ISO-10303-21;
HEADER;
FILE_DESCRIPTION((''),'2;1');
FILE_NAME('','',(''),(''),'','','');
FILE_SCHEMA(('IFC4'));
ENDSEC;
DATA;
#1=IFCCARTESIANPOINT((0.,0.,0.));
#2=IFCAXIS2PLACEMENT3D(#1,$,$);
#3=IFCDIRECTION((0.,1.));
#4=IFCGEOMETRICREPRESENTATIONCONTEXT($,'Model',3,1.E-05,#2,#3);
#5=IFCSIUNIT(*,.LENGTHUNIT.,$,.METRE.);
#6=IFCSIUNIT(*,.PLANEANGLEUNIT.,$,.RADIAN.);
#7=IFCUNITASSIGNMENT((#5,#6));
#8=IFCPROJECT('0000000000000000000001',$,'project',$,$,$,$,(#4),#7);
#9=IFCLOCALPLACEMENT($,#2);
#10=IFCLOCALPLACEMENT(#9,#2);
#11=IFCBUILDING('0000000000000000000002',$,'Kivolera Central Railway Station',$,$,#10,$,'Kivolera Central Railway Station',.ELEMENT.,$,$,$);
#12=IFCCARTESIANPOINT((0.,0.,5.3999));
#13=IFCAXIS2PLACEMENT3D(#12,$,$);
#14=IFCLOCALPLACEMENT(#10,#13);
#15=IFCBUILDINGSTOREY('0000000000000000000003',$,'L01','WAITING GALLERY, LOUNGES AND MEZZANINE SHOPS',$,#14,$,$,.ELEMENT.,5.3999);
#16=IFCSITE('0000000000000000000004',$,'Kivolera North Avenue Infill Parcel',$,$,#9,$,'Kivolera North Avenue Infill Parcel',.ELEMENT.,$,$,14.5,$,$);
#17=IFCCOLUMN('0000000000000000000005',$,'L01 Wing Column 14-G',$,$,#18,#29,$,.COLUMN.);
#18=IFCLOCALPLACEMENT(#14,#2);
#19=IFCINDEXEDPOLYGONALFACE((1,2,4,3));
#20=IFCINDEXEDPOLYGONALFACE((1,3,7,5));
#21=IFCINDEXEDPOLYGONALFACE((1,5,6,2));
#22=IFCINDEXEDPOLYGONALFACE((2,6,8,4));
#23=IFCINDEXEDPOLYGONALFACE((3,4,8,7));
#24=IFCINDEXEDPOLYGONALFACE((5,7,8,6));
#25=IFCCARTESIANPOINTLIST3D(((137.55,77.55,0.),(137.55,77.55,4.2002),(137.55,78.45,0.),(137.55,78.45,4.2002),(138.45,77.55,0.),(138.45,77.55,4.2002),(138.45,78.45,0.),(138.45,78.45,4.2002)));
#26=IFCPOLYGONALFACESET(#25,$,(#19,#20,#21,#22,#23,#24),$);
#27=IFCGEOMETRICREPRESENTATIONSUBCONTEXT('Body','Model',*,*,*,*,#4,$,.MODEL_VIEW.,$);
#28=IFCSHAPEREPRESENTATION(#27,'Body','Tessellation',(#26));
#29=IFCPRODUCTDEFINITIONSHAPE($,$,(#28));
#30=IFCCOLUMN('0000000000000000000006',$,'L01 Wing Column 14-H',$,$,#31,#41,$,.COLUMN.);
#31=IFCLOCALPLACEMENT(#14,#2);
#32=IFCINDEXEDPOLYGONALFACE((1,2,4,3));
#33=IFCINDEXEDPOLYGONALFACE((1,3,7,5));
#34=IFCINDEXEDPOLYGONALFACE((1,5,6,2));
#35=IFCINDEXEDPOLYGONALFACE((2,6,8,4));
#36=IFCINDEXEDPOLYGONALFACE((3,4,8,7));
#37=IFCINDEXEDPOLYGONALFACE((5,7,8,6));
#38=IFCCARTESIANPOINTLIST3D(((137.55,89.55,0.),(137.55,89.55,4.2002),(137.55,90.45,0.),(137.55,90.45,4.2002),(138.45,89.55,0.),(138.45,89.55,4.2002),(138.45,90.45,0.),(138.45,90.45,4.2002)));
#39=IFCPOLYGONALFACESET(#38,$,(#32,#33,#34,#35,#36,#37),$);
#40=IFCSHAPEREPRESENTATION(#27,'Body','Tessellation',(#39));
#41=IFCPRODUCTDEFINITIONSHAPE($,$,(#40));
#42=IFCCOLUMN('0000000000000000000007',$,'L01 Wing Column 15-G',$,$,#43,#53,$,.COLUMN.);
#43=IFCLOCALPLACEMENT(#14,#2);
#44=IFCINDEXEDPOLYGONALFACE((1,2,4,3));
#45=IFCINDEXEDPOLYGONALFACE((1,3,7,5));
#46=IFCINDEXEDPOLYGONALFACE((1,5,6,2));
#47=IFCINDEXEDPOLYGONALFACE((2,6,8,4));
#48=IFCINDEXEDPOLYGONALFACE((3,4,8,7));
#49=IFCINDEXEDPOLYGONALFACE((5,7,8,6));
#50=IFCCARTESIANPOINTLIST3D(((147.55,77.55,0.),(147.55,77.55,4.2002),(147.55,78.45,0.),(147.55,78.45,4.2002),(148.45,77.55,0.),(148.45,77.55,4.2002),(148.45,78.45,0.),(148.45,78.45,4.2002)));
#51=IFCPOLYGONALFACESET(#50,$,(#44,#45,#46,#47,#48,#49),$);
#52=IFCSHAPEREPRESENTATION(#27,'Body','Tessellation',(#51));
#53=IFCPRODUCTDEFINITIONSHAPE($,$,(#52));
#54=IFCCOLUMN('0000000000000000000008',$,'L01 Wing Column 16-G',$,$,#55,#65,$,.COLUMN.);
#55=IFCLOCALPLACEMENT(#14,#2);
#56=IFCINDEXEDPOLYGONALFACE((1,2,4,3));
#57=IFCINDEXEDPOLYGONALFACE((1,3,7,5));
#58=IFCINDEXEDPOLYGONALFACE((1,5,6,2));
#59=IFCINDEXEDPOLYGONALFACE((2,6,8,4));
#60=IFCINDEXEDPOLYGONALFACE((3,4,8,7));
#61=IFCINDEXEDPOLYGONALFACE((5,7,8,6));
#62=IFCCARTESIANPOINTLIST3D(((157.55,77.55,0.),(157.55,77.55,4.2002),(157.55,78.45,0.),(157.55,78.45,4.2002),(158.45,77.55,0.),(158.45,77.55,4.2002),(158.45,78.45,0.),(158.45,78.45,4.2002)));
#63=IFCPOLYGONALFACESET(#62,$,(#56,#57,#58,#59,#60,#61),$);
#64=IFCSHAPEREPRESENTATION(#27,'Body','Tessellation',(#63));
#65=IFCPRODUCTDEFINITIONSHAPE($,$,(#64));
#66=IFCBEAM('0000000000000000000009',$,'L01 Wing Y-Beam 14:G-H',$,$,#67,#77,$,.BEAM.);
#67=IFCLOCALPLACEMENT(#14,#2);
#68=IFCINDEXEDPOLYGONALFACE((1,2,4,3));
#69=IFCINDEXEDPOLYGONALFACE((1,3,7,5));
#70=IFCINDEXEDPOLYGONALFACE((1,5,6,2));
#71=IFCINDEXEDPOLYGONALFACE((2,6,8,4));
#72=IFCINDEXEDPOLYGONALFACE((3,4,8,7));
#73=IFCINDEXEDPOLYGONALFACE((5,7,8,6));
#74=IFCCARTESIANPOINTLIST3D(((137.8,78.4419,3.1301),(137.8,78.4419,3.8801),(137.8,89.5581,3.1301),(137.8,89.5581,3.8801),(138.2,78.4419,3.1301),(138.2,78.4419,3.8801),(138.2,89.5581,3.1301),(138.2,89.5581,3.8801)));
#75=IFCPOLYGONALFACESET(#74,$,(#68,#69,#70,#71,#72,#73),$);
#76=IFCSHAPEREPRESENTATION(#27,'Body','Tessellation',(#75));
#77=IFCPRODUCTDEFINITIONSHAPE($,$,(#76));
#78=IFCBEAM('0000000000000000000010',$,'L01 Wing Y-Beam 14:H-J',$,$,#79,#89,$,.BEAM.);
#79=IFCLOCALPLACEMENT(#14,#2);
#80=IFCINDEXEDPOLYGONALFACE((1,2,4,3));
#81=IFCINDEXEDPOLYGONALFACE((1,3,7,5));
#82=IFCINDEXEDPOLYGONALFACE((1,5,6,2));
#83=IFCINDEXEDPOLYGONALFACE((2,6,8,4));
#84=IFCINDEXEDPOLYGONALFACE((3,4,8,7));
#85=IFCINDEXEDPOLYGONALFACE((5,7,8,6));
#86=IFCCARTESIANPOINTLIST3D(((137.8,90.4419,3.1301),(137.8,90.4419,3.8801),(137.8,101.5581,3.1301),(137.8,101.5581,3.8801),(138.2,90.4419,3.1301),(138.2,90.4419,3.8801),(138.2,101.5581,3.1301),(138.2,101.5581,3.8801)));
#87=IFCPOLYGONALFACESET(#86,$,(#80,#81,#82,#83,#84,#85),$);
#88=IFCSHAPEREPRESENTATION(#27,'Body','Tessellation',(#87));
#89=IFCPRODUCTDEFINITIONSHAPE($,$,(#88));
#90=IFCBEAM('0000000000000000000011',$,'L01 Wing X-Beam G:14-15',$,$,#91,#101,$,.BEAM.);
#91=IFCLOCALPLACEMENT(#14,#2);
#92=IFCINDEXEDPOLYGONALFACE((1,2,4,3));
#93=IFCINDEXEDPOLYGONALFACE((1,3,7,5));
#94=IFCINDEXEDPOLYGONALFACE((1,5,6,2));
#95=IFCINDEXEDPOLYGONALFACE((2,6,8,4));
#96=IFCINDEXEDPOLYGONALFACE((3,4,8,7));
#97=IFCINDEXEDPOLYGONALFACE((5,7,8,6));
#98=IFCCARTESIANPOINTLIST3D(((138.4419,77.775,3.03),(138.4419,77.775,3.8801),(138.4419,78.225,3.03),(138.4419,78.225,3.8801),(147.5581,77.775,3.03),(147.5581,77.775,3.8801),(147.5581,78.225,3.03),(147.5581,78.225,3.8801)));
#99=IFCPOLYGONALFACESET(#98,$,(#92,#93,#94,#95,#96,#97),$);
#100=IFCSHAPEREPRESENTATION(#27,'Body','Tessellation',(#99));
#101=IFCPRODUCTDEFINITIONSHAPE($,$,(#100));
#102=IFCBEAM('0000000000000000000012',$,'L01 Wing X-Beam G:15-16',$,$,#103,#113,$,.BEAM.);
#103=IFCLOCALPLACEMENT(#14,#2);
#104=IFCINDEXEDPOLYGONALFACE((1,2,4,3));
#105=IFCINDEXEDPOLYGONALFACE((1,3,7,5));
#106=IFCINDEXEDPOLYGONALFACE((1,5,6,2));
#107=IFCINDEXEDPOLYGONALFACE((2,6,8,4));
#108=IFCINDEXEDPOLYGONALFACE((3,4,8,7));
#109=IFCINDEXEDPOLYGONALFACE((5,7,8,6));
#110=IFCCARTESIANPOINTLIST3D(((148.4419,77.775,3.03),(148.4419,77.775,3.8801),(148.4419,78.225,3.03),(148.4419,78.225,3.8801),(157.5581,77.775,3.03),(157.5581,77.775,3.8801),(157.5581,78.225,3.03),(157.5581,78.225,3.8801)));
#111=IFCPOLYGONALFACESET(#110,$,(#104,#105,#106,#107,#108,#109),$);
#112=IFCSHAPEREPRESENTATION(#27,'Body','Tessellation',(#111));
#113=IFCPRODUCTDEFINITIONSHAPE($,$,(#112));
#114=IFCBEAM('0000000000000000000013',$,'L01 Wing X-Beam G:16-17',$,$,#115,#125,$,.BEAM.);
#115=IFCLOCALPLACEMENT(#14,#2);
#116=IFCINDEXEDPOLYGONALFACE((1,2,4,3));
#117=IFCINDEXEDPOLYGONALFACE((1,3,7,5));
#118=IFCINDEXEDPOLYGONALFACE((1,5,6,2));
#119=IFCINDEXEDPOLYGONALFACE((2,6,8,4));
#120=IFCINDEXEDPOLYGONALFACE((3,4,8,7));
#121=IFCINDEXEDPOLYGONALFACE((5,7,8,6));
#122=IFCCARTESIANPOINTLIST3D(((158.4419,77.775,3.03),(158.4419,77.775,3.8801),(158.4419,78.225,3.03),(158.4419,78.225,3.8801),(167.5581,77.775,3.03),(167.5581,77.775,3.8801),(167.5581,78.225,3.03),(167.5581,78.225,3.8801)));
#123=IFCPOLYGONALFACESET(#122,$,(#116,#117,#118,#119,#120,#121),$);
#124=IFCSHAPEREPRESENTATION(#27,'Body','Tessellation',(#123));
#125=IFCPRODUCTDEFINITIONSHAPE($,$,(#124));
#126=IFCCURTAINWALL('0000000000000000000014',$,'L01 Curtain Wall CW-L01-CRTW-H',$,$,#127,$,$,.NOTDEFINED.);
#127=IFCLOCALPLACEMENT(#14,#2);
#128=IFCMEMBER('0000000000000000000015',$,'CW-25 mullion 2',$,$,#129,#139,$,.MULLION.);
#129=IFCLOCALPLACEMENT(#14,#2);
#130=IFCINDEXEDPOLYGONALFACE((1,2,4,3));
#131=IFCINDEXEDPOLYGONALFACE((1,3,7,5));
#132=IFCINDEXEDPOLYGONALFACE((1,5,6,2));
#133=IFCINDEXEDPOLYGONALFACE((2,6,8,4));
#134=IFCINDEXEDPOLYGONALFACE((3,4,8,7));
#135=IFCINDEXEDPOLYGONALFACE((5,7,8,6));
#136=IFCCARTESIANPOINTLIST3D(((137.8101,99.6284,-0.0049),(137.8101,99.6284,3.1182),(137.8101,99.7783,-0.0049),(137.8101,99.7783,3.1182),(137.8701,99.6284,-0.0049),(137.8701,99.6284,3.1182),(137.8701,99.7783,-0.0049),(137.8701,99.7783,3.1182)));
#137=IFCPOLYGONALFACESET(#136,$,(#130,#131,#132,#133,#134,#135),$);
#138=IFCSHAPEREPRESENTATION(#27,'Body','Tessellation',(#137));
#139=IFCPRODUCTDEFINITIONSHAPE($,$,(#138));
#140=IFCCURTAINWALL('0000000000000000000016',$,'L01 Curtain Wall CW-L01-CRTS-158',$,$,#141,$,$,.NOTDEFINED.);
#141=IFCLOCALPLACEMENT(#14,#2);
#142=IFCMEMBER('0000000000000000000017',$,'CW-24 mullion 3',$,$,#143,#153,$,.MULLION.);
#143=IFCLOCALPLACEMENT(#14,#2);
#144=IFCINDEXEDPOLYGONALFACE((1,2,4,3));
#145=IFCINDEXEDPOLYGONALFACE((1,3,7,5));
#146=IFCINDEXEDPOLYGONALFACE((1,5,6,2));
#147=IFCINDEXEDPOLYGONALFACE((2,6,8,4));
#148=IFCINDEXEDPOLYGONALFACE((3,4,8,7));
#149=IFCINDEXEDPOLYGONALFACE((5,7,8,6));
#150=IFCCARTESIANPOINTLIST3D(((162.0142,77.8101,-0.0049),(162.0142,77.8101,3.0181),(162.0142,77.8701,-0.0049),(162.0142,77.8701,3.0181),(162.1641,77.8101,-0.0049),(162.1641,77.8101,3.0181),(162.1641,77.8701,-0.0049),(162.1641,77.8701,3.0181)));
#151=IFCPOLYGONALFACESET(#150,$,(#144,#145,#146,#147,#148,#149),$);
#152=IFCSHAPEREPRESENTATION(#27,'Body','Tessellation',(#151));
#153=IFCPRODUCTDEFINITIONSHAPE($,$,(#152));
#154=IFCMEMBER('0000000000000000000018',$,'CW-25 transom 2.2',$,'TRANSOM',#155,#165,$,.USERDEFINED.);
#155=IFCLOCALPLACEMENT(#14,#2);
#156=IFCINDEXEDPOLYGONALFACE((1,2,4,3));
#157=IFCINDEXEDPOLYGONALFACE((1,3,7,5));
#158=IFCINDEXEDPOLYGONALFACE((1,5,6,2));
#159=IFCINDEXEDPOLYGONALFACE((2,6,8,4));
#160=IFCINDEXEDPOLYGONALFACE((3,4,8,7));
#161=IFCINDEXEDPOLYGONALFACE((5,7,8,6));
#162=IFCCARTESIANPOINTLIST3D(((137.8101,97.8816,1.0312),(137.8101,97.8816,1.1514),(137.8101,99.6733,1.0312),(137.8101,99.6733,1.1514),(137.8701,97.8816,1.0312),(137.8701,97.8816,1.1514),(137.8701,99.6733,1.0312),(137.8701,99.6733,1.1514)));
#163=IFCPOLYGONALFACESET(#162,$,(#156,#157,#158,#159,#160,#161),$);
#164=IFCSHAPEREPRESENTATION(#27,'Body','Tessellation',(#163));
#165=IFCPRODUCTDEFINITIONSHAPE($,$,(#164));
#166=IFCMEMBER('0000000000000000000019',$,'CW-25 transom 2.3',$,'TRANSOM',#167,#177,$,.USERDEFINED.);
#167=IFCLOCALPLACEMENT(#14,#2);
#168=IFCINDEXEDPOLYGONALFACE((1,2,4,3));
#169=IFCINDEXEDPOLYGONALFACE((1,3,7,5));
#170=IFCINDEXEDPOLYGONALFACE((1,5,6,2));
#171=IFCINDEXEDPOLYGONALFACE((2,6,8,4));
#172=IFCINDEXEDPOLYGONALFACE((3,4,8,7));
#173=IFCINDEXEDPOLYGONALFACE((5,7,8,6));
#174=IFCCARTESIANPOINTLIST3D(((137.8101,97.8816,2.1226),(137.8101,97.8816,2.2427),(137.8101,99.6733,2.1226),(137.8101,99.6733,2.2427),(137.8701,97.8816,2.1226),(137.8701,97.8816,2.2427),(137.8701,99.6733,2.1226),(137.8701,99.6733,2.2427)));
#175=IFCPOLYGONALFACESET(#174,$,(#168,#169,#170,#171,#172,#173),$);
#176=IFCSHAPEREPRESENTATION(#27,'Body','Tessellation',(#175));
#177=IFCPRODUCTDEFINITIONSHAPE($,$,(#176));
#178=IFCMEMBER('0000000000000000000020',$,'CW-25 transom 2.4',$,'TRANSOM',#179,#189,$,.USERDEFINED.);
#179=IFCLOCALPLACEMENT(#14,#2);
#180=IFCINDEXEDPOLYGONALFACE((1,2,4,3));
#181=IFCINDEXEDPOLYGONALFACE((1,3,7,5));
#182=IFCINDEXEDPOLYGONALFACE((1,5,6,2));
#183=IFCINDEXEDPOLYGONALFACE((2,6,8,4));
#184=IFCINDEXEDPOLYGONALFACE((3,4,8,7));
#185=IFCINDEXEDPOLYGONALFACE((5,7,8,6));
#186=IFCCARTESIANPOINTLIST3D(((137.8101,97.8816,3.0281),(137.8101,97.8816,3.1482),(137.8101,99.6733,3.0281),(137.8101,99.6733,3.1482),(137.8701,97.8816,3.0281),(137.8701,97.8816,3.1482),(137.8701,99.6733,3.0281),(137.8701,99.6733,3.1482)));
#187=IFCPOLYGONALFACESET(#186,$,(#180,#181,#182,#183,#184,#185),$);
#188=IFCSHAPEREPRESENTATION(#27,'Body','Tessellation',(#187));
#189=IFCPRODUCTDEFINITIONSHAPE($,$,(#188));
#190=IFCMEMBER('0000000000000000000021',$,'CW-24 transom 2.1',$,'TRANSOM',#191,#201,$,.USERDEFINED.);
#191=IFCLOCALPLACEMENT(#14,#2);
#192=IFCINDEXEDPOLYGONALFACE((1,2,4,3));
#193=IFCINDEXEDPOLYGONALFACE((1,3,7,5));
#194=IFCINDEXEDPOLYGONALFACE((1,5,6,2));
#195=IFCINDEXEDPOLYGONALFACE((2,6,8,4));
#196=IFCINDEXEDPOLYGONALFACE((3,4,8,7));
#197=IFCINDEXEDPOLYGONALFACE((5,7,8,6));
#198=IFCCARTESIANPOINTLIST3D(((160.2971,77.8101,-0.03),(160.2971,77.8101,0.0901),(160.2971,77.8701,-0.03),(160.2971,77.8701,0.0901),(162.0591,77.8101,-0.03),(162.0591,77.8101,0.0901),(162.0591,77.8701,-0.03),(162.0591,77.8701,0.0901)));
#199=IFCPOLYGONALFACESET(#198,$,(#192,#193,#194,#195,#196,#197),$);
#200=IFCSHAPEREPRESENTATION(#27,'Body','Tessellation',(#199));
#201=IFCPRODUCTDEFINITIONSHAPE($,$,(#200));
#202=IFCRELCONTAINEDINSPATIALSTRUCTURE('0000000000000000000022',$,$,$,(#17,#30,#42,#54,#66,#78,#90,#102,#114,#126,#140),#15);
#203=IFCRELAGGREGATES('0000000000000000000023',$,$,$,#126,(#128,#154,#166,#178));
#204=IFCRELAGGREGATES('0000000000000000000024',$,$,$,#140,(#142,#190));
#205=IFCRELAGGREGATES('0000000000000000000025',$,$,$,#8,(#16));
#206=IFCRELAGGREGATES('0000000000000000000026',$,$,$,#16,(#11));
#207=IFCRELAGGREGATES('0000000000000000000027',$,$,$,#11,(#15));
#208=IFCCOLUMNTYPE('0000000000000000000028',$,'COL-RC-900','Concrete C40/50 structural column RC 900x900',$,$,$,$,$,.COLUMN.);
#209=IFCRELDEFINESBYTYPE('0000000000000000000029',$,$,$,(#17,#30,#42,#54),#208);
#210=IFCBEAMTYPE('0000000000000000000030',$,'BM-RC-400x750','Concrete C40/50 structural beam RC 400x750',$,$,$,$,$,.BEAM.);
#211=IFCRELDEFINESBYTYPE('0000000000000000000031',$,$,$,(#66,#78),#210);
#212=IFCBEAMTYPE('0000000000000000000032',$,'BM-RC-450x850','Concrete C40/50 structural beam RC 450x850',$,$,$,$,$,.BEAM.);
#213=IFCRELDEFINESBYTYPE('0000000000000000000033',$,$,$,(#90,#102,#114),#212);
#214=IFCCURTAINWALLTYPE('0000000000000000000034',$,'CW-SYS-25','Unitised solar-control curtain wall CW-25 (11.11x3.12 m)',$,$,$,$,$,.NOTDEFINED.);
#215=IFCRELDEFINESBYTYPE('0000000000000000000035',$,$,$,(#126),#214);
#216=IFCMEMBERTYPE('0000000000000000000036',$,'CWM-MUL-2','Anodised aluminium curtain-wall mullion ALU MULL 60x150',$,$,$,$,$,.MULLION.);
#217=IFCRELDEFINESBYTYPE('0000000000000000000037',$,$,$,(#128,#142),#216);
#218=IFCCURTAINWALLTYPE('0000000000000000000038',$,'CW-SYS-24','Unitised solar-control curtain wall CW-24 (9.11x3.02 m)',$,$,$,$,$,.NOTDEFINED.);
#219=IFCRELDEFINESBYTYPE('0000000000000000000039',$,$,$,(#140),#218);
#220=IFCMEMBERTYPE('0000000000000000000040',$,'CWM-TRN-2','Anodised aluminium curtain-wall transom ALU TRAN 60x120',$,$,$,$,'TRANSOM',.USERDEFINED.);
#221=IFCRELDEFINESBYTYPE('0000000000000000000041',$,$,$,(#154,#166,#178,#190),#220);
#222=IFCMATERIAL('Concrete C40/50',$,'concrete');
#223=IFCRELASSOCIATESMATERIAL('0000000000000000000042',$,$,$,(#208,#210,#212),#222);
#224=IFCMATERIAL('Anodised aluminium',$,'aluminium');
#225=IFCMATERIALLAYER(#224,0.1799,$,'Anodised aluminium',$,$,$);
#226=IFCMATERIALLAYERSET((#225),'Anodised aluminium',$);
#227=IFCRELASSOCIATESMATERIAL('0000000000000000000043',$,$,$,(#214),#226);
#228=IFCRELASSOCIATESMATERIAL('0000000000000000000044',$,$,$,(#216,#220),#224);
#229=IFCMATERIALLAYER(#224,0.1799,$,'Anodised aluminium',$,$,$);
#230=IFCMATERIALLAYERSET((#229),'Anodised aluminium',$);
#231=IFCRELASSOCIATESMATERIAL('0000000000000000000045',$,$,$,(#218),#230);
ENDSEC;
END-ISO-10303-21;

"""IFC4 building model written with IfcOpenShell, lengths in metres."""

from ifc_helpers import new_model, si_unit, direction, frame, origin, origin_2d, place, context, subcontext, project, spatial, rectangle, extrude, material, layer, layer_set, material_profile, profile_set, type_object, element, aggregate, save


model = new_model("IFC4")

# Units and contexts
model_context = context("Model", 3, precision=1e-05, world=origin(), true_north=direction((0.0, 1.0)))
body_context = subcontext(model_context, "Body", "Model", "MODEL_VIEW")
ifc_project = project(units=[si_unit("LENGTHUNIT", "METRE"), si_unit("PLANEANGLEUNIT", "RADIAN")], contexts=[model_context])

# Site, building, storey
site_placement = place(None, origin())
site = spatial("IfcSite", under=ifc_project, at=site_placement, Name="Kivolera North Avenue Infill Parcel", LongName="Kivolera North Avenue Infill Parcel", CompositionType="ELEMENT", RefElevation=14.5)
building_placement = place(site_placement, origin())
building = spatial("IfcBuilding", under=site, at=building_placement, Name="Kivolera Central Railway Station", LongName="Kivolera Central Railway Station", CompositionType="ELEMENT")
storey_placement = place(building_placement, frame((0.0, 0.0, 5.3999)))
storey = spatial("IfcBuildingStorey", under=building, at=storey_placement, Name="L01", Description="WAITING GALLERY, LOUNGES AND MEZZANINE SHOPS", CompositionType="ELEMENT", Elevation=5.3999)

# Columns
ifc_material_1 = material(Name="Concrete C40/50", Category="concrete")
ifc_material_profile_1 = material_profile(ifc_material_1, rectangle(XDim=0.8999, YDim=0.8999, at=origin_2d()), Name="RC 900x900")
ifc_profile_set_1 = profile_set([ifc_material_profile_1], Name="Concrete C40/50")
column_type = type_object("IfcColumnType", Name="COL-RC-900", Description="Concrete C40/50 structural column RC 900x900", PredefinedType="COLUMN", material=ifc_profile_set_1)
for number, where, z_axis, x_axis, name in (
    (1, (138.0, 78.0, 0.0), (0.0, 0.0, 1.0), (1.0, 0.0, 0.0), "L01 Wing Column 14-G"),
    (2, (138.0, 90.0, 0.0), (0.0, 0.0, 1.0), (1.0, 0.0, 0.0), "L01 Wing Column 14-H"),
    (3, (148.0, 78.0, 0.0), (0.0, 0.0, 1.0), (1.0, 0.0, 0.0), "L01 Wing Column 15-G"),
    (4, (158.0, 78.0, 0.0), (0.0, 0.0, 1.0), (1.0, 0.0, 0.0), "L01 Wing Column 16-G"),
):
    element("IfcColumn", number, at=place(storey_placement, frame(where, z_axis=z_axis, x_axis=x_axis)), inside=storey, type_object=column_type, Name=name, PredefinedType="COLUMN", context=body_context, shape_type="SweptSolid", body=[
        extrude(rectangle(XDim=0.8999, YDim=0.8999, at=origin_2d()), origin(), (0.0, 0.0, 1.0), 4.2002),
    ])

# Beams
ifc_material_profile_2 = material_profile(ifc_material_1, rectangle(XDim=0.3999, YDim=0.75, at=origin_2d()), Name="RC 400x750")
ifc_profile_set_2 = profile_set([ifc_material_profile_2], Name="Concrete C40/50")
beam_type_1 = type_object("IfcBeamType", Name="BM-RC-400x750", Description="Concrete C40/50 structural beam RC 400x750", PredefinedType="BEAM", material=ifc_profile_set_2)
for number, where, z_axis, x_axis, name in (
    (5, (138.0, 78.4419, 3.5051), (0.0, 1.0, 0.0), (-1.0, 0.0, 0.0), "L01 Wing Y-Beam 14:G-H"),
    (6, (138.0, 90.4419, 3.5051), (0.0, 1.0, 0.0), (-1.0, 0.0, 0.0), "L01 Wing Y-Beam 14:H-J"),
):
    element("IfcBeam", number, at=place(storey_placement, frame(where, z_axis=z_axis, x_axis=x_axis)), inside=storey, type_object=beam_type_1, Name=name, PredefinedType="BEAM", context=body_context, shape_type="SweptSolid", body=[
        extrude(rectangle(XDim=0.3999, YDim=0.75, at=origin_2d()), origin(), (0.0, 0.0, 1.0), 11.1162),
    ])
ifc_material_profile_3 = material_profile(ifc_material_1, rectangle(XDim=0.45, YDim=0.8501, at=origin_2d()), Name="RC 450x850")
ifc_profile_set_3 = profile_set([ifc_material_profile_3], Name="Concrete C40/50")
beam_type_2 = type_object("IfcBeamType", Name="BM-RC-450x850", Description="Concrete C40/50 structural beam RC 450x850", PredefinedType="BEAM", material=ifc_profile_set_3)
for number, where, z_axis, x_axis, name in (
    (7, (138.4419, 78.0, 3.4551), (1.0, 0.0, 0.0), (0.0, 1.0, 0.0), "L01 Wing X-Beam G:14-15"),
    (8, (148.4419, 78.0, 3.4551), (1.0, 0.0, 0.0), (0.0, 1.0, 0.0), "L01 Wing X-Beam G:15-16"),
    (9, (158.4419, 78.0, 3.4551), (1.0, 0.0, 0.0), (0.0, 1.0, 0.0), "L01 Wing X-Beam G:16-17"),
):
    element("IfcBeam", number, at=place(storey_placement, frame(where, z_axis=z_axis, x_axis=x_axis)), inside=storey, type_object=beam_type_2, Name=name, PredefinedType="BEAM", context=body_context, shape_type="SweptSolid", body=[
        extrude(rectangle(XDim=0.45, YDim=0.8501, at=origin_2d()), origin(), (0.0, 0.0, 1.0), 9.1162),
    ])

# Curtain walls, members
ifc_material_2 = material(Name="Anodised aluminium", Category="aluminium")
ifc_layer_1 = layer(ifc_material_2, 0.1799, Name="Anodised aluminium")
ifc_layer_set_1 = layer_set([ifc_layer_1], Name="Anodised aluminium")
curtain_wall_type_1 = type_object("IfcCurtainWallType", Name="CW-SYS-25", Description="Unitised solar-control curtain wall CW-25 (11.11x3.12 m)", PredefinedType="NOTDEFINED", material=ifc_layer_set_1)
curtain_wall_1_placement = place(storey_placement, origin())
curtain_wall_1 = element("IfcCurtainWall", 10, at=curtain_wall_1_placement, inside=storey, type_object=curtain_wall_type_1, Name="L01 Curtain Wall CW-L01-CRTW-H", PredefinedType="NOTDEFINED")
ifc_material_profile_4 = material_profile(ifc_material_2, rectangle(XDim=0.0601, YDim=0.1499, at=origin_2d()), Name="ALU MULL 60x150")
ifc_profile_set_4 = profile_set([ifc_material_profile_4], Name="Anodised aluminium")
member_type_1 = type_object("IfcMemberType", Name="CWM-MUL-2", Description="Anodised aluminium curtain-wall mullion ALU MULL 60x150", PredefinedType="MULLION", material=ifc_profile_set_4)
member_1_placement = place(storey_placement, frame((137.8401, 99.7034, -0.0049), z_axis=(0.0, 0.0, 1.0), x_axis=(1.0, 0.0, 0.0)))
member_1 = element("IfcMember", 11, at=member_1_placement, type_object=member_type_1, Name="CW-25 mullion 2", PredefinedType="MULLION", context=body_context, shape_type="SweptSolid", body=[
    extrude(rectangle(XDim=0.0601, YDim=0.1499, at=origin_2d()), origin(), (0.0, 0.0, 1.0), 3.123),
])
ifc_layer_2 = layer(ifc_material_2, 0.1799, Name="Anodised aluminium")
ifc_layer_set_2 = layer_set([ifc_layer_2], Name="Anodised aluminium")
curtain_wall_type_2 = type_object("IfcCurtainWallType", Name="CW-SYS-24", Description="Unitised solar-control curtain wall CW-24 (9.11x3.02 m)", PredefinedType="NOTDEFINED", material=ifc_layer_set_2)
curtain_wall_2_placement = place(storey_placement, origin())
curtain_wall_2 = element("IfcCurtainWall", 12, at=curtain_wall_2_placement, inside=storey, type_object=curtain_wall_type_2, Name="L01 Curtain Wall CW-L01-CRTS-158", PredefinedType="NOTDEFINED")
member_2_placement = place(storey_placement, frame((162.0891, 77.8401, -0.0049), z_axis=(0.0, 0.0, 1.0), x_axis=(0.0, 1.0, 0.0)))
member_2 = element("IfcMember", 13, at=member_2_placement, type_object=member_type_1, Name="CW-24 mullion 3", PredefinedType="MULLION", context=body_context, shape_type="SweptSolid", body=[
    extrude(rectangle(XDim=0.0601, YDim=0.1499, at=origin_2d()), origin(), (0.0, 0.0, 1.0), 3.0229),
])

# Members
ifc_material_profile_5 = material_profile(ifc_material_2, rectangle(XDim=0.0601, YDim=0.1201, at=origin_2d()), Name="ALU TRAN 60x120")
ifc_profile_set_5 = profile_set([ifc_material_profile_5], Name="Anodised aluminium")
member_type_2 = type_object("IfcMemberType", Name="CWM-TRN-2", Description="Anodised aluminium curtain-wall transom ALU TRAN 60x120", ElementType="TRANSOM", PredefinedType="USERDEFINED", material=ifc_profile_set_5)
member_3_placement = place(storey_placement, frame((137.8401, 99.6733, 1.0913), z_axis=(0.0, -1.0, 0.0), x_axis=(1.0, 0.0, 0.0)))
member_3 = element("IfcMember", 14, at=member_3_placement, type_object=member_type_2, Name="CW-25 transom 2.2", ObjectType="TRANSOM", PredefinedType="USERDEFINED", context=body_context, shape_type="SweptSolid", body=[
    extrude(rectangle(XDim=0.0601, YDim=0.1201, at=origin_2d()), origin(), (0.0, 0.0, 1.0), 1.7917),
])
member_4_placement = place(storey_placement, frame((137.8401, 99.6733, 2.1826), z_axis=(0.0, -1.0, 0.0), x_axis=(1.0, 0.0, 0.0)))
member_4 = element("IfcMember", 15, at=member_4_placement, type_object=member_type_2, Name="CW-25 transom 2.3", ObjectType="TRANSOM", PredefinedType="USERDEFINED", context=body_context, shape_type="SweptSolid", body=[
    extrude(rectangle(XDim=0.0601, YDim=0.1201, at=origin_2d()), origin(), (0.0, 0.0, 1.0), 1.7917),
])
member_5_placement = place(storey_placement, frame((137.8401, 99.6733, 3.0881), z_axis=(0.0, -1.0, 0.0), x_axis=(1.0, 0.0, 0.0)))
member_5 = element("IfcMember", 16, at=member_5_placement, type_object=member_type_2, Name="CW-25 transom 2.4", ObjectType="TRANSOM", PredefinedType="USERDEFINED", context=body_context, shape_type="SweptSolid", body=[
    extrude(rectangle(XDim=0.0601, YDim=0.1201, at=origin_2d()), origin(), (0.0, 0.0, 1.0), 1.7917),
])
aggregate(curtain_wall_1, [member_1, member_3, member_4, member_5])
member_6_placement = place(storey_placement, frame((160.2971, 77.8401, 0.03), z_axis=(1.0, 0.0, 0.0), x_axis=(0.0, 1.0, 0.0)))
member_6 = element("IfcMember", 17, at=member_6_placement, type_object=member_type_2, Name="CW-24 transom 2.1", ObjectType="TRANSOM", PredefinedType="USERDEFINED", context=body_context, shape_type="SweptSolid", body=[
    extrude(rectangle(XDim=0.0601, YDim=0.1201, at=origin_2d()), origin(), (0.0, 0.0, 1.0), 1.762),
])

aggregate(curtain_wall_2, [member_2, member_6])

save(model, "model.ifc")
